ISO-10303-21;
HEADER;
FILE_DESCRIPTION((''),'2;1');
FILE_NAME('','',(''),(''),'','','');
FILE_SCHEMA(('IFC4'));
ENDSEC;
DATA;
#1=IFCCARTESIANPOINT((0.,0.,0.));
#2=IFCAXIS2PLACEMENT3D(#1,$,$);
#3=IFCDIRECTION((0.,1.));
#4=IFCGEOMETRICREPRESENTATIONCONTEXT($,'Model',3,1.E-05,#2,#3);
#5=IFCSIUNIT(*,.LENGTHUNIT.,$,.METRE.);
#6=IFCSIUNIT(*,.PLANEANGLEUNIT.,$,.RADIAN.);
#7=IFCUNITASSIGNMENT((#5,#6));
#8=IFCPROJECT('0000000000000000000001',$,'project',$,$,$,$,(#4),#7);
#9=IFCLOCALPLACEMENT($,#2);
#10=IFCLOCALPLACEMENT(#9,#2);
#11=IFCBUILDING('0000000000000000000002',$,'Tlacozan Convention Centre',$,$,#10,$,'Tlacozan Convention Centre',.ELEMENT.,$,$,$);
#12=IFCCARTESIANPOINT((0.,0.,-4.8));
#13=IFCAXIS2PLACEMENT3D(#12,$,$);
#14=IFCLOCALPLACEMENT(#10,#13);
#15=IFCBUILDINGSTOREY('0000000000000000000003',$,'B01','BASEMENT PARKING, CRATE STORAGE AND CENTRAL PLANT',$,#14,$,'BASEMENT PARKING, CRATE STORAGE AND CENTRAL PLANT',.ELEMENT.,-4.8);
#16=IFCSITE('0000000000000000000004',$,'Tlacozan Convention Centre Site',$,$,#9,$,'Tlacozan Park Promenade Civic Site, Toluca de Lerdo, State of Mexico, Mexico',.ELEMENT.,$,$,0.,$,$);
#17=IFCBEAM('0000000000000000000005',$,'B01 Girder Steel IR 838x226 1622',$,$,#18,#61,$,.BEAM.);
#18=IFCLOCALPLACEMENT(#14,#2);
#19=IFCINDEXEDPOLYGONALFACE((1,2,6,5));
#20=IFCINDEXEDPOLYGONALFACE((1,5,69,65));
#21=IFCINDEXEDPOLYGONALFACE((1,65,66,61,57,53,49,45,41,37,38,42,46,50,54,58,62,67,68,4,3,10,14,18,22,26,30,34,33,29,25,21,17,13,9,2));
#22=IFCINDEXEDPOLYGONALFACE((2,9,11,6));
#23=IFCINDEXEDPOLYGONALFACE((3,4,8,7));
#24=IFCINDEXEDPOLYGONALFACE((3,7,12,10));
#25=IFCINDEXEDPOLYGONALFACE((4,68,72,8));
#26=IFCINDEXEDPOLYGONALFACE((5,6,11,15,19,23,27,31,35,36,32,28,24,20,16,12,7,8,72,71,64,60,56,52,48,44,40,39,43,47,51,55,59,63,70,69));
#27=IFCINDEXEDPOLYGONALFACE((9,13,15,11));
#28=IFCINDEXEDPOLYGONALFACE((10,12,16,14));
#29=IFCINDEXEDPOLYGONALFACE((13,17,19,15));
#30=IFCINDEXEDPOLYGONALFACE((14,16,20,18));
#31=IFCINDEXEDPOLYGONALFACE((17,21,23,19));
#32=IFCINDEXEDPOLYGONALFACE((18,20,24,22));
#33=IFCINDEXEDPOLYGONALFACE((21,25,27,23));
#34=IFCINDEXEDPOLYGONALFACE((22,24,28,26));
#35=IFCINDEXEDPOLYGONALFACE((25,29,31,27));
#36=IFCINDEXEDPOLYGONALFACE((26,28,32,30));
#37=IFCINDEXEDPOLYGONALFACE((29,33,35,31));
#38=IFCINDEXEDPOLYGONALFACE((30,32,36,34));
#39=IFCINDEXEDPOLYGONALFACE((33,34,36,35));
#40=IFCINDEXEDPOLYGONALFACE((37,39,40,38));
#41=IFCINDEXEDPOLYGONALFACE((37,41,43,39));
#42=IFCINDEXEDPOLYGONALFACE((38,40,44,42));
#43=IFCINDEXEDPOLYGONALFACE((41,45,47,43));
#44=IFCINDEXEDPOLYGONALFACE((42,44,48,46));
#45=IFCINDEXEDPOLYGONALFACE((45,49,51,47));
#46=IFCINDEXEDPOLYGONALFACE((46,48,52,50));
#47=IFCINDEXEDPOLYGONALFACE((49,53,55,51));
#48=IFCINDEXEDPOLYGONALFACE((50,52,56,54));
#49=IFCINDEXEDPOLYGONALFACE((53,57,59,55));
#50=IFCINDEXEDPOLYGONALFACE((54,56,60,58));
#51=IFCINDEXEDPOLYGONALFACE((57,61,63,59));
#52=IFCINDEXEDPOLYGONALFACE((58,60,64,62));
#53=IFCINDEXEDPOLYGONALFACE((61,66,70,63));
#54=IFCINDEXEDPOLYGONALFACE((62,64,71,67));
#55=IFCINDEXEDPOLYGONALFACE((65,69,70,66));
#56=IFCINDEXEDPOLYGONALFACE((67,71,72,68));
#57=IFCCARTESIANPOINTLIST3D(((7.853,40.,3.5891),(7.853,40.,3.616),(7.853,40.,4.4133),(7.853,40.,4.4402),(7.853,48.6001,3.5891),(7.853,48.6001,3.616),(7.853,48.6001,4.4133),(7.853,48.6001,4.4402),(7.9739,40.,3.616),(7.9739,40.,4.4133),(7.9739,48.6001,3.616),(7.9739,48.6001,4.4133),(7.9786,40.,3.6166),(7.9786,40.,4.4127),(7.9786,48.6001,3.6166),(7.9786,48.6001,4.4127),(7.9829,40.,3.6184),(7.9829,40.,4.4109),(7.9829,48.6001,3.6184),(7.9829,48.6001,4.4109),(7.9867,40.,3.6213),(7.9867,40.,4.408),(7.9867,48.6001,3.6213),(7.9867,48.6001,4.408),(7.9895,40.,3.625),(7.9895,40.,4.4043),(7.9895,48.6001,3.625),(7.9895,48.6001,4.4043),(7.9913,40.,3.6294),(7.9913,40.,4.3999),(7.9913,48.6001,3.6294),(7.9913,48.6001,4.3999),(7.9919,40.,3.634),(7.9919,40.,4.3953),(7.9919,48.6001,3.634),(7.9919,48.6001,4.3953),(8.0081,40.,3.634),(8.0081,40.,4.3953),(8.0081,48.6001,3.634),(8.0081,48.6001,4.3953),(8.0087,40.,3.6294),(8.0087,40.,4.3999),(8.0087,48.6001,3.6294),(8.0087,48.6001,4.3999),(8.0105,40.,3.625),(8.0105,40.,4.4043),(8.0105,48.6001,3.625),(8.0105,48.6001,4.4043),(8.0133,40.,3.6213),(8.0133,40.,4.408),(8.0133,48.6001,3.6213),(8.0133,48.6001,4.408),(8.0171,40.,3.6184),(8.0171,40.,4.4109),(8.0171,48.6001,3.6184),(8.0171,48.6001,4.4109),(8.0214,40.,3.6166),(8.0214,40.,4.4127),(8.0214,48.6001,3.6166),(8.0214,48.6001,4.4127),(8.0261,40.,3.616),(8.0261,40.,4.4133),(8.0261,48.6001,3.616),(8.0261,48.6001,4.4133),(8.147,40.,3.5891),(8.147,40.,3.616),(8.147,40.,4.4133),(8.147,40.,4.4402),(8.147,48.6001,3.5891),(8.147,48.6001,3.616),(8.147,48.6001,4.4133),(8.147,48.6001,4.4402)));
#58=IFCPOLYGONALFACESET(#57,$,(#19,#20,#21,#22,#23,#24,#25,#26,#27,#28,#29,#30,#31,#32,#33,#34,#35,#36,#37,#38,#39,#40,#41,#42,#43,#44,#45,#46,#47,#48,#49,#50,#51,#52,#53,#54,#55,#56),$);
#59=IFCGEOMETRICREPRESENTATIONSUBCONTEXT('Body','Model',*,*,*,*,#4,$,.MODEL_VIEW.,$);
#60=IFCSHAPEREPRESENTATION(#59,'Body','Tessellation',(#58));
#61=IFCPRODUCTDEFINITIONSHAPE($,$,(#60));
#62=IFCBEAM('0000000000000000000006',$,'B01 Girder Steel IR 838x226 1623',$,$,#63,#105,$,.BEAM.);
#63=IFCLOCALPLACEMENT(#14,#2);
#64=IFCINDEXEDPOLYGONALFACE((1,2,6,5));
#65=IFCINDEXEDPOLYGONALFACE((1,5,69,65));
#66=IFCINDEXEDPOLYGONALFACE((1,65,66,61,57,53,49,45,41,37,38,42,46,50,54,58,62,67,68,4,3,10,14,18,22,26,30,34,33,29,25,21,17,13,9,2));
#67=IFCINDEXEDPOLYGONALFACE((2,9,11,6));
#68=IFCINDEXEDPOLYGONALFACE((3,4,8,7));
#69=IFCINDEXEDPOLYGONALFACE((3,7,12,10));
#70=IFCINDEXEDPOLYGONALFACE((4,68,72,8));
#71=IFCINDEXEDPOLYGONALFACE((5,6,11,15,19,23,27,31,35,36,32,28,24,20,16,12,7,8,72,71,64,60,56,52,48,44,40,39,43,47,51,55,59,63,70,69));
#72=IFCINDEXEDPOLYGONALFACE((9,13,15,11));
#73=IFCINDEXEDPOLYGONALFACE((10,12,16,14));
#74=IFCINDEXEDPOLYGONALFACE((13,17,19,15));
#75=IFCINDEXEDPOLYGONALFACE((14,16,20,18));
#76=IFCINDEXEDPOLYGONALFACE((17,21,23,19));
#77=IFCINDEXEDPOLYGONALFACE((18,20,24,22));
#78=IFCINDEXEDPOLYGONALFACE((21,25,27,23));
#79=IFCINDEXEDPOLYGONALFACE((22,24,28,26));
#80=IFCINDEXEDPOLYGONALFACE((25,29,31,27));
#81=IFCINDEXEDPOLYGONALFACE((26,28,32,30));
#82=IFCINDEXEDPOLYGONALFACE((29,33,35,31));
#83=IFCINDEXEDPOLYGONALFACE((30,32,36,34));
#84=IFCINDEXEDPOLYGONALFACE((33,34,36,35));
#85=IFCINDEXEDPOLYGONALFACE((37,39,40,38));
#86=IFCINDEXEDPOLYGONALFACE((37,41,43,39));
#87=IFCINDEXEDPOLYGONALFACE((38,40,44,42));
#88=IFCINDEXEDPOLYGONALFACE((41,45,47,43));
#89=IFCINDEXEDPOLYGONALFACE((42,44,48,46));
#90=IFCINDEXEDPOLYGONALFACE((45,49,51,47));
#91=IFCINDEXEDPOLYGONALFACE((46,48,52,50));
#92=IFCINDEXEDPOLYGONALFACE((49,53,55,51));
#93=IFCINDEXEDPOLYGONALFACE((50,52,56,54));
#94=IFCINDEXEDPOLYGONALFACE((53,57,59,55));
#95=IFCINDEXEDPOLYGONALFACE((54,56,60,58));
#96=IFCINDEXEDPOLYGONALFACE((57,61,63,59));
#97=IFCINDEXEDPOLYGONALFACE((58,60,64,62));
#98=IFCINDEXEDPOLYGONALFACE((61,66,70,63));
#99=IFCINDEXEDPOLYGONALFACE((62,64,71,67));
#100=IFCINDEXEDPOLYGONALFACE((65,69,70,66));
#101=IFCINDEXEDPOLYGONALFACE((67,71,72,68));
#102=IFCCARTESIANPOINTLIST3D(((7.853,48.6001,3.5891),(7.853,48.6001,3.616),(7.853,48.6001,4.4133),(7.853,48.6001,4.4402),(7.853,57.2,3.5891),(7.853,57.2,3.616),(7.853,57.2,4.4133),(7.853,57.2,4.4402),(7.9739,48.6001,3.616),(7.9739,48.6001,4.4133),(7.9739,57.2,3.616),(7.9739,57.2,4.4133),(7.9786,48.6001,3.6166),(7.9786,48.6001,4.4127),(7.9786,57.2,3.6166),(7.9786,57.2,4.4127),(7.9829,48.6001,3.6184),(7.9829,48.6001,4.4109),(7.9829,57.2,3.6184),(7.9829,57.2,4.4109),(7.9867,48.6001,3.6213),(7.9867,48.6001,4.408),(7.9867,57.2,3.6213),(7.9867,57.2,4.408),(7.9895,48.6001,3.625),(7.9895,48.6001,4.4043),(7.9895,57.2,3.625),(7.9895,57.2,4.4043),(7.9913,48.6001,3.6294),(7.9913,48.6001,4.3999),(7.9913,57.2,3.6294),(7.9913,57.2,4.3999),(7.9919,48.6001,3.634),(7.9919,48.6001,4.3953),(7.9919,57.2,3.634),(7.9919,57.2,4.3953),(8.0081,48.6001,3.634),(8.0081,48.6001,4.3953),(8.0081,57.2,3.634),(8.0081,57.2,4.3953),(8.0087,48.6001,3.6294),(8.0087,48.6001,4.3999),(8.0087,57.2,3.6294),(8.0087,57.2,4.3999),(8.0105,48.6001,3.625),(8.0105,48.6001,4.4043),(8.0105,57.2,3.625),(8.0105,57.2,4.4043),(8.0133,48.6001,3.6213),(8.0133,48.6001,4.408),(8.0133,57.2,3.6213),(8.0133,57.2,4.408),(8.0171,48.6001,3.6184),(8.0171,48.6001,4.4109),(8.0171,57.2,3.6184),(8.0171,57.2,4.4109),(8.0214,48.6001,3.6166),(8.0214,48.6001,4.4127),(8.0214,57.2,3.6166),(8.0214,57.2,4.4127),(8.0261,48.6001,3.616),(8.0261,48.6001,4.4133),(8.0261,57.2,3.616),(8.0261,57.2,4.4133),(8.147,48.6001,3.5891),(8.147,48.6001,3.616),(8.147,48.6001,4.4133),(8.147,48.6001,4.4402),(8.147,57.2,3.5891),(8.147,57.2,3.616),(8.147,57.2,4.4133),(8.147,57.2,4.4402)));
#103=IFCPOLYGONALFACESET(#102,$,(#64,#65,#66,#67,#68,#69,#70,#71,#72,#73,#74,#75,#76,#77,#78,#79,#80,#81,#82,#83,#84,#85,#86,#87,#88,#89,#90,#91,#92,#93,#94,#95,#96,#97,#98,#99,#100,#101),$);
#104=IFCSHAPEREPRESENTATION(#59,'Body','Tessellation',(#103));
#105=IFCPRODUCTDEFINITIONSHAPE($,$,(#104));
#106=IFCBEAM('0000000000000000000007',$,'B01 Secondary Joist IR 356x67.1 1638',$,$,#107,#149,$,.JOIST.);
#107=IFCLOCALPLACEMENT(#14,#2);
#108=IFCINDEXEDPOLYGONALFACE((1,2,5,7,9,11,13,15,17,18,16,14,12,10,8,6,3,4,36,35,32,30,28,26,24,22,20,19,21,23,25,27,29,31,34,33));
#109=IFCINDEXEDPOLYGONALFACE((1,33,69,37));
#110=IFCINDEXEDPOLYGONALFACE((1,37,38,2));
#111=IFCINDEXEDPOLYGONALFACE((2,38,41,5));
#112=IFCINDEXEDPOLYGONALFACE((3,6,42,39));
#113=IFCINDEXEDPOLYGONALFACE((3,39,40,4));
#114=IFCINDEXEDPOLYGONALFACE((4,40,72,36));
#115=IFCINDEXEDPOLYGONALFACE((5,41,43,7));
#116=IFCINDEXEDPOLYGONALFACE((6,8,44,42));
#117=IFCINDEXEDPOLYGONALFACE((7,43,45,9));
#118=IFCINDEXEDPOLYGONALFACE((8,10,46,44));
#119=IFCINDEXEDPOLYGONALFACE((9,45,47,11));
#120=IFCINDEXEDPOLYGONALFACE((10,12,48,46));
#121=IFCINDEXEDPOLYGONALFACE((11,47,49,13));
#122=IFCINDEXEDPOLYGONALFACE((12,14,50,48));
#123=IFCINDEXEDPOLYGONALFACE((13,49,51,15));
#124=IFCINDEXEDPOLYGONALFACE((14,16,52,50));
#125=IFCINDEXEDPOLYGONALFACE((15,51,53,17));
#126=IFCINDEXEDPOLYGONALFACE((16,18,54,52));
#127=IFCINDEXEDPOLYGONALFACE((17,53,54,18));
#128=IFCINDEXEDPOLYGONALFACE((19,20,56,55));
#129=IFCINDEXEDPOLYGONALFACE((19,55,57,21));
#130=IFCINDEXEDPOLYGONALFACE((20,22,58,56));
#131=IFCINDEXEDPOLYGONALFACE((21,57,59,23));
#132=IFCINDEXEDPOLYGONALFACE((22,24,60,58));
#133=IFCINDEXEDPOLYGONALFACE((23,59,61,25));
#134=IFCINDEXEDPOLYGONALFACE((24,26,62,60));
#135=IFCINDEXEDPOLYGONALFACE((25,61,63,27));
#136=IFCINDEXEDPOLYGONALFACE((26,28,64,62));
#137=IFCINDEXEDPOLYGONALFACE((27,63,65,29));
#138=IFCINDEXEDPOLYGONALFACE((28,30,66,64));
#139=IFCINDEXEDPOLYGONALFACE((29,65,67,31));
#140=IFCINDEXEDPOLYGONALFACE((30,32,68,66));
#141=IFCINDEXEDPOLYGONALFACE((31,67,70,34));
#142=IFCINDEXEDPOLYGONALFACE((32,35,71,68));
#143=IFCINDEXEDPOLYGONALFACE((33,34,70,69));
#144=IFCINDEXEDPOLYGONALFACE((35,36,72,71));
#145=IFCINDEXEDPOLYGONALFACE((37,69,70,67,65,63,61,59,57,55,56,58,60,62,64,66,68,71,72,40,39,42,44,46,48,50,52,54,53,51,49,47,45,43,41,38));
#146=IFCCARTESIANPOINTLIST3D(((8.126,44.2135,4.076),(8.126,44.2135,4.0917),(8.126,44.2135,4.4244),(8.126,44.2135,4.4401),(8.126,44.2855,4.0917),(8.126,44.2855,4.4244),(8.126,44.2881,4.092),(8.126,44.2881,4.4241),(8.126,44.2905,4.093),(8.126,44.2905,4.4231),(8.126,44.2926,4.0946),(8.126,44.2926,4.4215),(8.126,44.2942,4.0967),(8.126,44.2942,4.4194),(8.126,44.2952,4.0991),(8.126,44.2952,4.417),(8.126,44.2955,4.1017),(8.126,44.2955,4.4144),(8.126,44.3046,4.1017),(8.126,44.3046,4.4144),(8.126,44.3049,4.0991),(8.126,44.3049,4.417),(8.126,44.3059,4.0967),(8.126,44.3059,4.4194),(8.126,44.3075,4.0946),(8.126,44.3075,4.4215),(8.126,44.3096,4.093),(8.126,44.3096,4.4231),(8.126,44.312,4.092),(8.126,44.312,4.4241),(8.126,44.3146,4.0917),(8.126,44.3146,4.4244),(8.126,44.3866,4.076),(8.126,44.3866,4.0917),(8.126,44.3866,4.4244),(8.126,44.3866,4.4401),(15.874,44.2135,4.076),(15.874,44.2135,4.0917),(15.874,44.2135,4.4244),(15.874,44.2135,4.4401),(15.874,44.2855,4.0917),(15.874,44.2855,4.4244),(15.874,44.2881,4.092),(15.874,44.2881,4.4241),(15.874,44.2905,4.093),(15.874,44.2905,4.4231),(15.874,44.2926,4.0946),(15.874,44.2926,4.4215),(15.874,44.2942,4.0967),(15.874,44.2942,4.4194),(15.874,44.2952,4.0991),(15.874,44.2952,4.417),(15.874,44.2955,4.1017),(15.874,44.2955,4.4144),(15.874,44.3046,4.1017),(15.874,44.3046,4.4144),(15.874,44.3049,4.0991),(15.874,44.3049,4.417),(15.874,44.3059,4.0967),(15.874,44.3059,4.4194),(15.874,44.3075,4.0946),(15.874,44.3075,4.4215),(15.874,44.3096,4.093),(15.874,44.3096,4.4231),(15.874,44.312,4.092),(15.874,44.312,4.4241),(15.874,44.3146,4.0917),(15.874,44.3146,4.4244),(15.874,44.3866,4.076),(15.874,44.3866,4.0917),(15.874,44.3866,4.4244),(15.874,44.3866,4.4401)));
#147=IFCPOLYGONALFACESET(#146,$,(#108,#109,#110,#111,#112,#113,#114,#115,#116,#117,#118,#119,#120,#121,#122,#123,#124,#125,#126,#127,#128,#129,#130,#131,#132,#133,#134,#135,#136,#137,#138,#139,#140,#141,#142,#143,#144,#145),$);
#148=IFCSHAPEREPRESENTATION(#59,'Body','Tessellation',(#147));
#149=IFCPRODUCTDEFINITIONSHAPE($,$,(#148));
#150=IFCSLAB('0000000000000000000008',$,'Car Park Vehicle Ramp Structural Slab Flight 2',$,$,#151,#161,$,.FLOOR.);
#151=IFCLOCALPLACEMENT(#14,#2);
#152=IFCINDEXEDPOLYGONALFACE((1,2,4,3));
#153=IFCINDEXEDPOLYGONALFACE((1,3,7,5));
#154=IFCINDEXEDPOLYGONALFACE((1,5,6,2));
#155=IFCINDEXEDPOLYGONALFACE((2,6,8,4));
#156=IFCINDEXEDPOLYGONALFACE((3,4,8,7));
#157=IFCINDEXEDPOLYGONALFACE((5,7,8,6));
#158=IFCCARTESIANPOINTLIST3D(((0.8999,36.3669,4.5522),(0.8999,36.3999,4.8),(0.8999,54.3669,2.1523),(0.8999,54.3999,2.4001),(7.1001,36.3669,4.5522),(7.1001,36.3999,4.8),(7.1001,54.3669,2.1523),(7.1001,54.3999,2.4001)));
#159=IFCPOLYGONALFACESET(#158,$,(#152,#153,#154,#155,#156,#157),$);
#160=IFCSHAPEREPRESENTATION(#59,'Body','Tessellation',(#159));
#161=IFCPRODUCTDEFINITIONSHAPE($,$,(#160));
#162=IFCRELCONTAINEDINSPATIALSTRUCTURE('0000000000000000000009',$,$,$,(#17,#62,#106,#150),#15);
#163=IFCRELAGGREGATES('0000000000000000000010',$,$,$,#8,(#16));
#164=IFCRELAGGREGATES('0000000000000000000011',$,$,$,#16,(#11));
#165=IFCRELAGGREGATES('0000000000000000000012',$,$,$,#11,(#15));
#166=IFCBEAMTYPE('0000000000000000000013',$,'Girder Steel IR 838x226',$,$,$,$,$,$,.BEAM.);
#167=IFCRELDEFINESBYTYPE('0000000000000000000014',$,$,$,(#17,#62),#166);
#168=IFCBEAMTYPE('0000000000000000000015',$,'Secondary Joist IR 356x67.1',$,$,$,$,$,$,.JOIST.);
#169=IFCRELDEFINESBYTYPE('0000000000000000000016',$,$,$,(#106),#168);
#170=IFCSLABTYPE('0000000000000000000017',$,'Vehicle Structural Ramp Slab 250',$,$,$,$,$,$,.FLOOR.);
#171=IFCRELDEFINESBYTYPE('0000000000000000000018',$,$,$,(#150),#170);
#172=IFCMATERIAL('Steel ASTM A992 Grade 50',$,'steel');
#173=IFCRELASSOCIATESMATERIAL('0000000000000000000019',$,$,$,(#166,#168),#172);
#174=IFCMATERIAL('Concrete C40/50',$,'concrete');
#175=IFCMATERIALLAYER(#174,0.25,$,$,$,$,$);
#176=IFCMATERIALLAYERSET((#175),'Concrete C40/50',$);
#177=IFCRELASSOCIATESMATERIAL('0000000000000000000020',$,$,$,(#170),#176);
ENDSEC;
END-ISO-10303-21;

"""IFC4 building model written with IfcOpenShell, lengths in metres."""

from ifc_helpers import new_model, si_unit, direction, frame, origin, origin_2d, place, context, subcontext, project, spatial, polyline, i_section, outline, extrude, material, layer, layer_set, material_profile, profile_set, type_object, element, save


model = new_model("IFC4")

# Units and contexts
model_context = context("Model", 3, precision=1e-05, world=origin(), true_north=direction((0.0, 1.0)))
body_context = subcontext(model_context, "Body", "Model", "MODEL_VIEW")
ifc_project = project(units=[si_unit("LENGTHUNIT", "METRE"), si_unit("PLANEANGLEUNIT", "RADIAN")], contexts=[model_context])

# Site, building, storey
site_placement = place(None, origin())
site = spatial("IfcSite", under=ifc_project, at=site_placement, Name="Tlacozan Convention Centre Site", LongName="Tlacozan Park Promenade Civic Site, Toluca de Lerdo, State of Mexico, Mexico", CompositionType="ELEMENT", RefElevation=0.0)
building_placement = place(site_placement, origin())
building = spatial("IfcBuilding", under=site, at=building_placement, Name="Tlacozan Convention Centre", LongName="Tlacozan Convention Centre", CompositionType="ELEMENT")
storey_placement = place(building_placement, frame((0.0, 0.0, -4.8)))
storey = spatial("IfcBuildingStorey", under=building, at=storey_placement, Name="B01", Description="BASEMENT PARKING, CRATE STORAGE AND CENTRAL PLANT", LongName="BASEMENT PARKING, CRATE STORAGE AND CENTRAL PLANT", CompositionType="ELEMENT", Elevation=-4.8)

# Shared definitions
ifc_material_1 = material(Name="Concrete C40/50", Category="concrete")

# Beams
ifc_material_2 = material(Name="Steel ASTM A992 Grade 50", Category="steel")
ifc_material_profile_1 = material_profile(ifc_material_2, i_section(OverallWidth=0.2939, OverallDepth=0.8511, WebThickness=0.0161, FlangeThickness=0.0269, FilletRadius=0.0181, at=origin_2d()), Name="IR 838x226.0")
ifc_profile_set_1 = profile_set([ifc_material_profile_1], Name="Steel ASTM A992 Grade 50")
beam_type_1 = type_object("IfcBeamType", Name="Girder Steel IR 838x226", PredefinedType="BEAM", material=ifc_profile_set_1)
beam_1_placement = place(storey_placement, frame((8.0, 40.0, 4.0146), z_axis=(0.0, 1.0, 0.0), x_axis=(-1.0, 0.0, 0.0)))
element("IfcBeam", 1, at=beam_1_placement, inside=storey, type_object=beam_type_1, Name="B01 Girder Steel IR 838x226 1622", PredefinedType="BEAM", context=body_context, shape_type="SweptSolid", body=[
    extrude(i_section(OverallWidth=0.2939, OverallDepth=0.8511, WebThickness=0.0161, FlangeThickness=0.0269, FilletRadius=0.0181, at=origin_2d()), origin(), (0.0, 0.0, 1.0), 8.6001),
])
beam_2_placement = place(storey_placement, frame((8.0, 48.6001, 4.0146), z_axis=(0.0, 1.0, 0.0), x_axis=(-1.0, 0.0, 0.0)))
element("IfcBeam", 2, at=beam_2_placement, inside=storey, type_object=beam_type_1, Name="B01 Girder Steel IR 838x226 1623", PredefinedType="BEAM", context=body_context, shape_type="SweptSolid", body=[
    extrude(i_section(OverallWidth=0.2939, OverallDepth=0.8511, WebThickness=0.0161, FlangeThickness=0.0269, FilletRadius=0.0181, at=origin_2d()), origin(), (0.0, 0.0, 1.0), 8.5999),
])
ifc_material_profile_2 = material_profile(ifc_material_2, i_section(OverallWidth=0.1731, OverallDepth=0.364, WebThickness=0.009, FlangeThickness=0.0156, FilletRadius=0.01, at=origin_2d()), Name="IR 356x67.1")
ifc_profile_set_2 = profile_set([ifc_material_profile_2], Name="Steel ASTM A992 Grade 50")
beam_type_2 = type_object("IfcBeamType", Name="Secondary Joist IR 356x67.1", PredefinedType="JOIST", material=ifc_profile_set_2)
beam_3_placement = place(storey_placement, frame((8.126, 44.3, 4.2581), z_axis=(1.0, 0.0, 0.0), x_axis=(0.0, 1.0, 0.0)))
element("IfcBeam", 3, at=beam_3_placement, inside=storey, type_object=beam_type_2, Name="B01 Secondary Joist IR 356x67.1 1638", PredefinedType="JOIST", context=body_context, shape_type="SweptSolid", body=[
    extrude(i_section(OverallWidth=0.1731, OverallDepth=0.364, WebThickness=0.009, FlangeThickness=0.0156, FilletRadius=0.01, at=origin_2d()), origin(), (0.0, 0.0, 1.0), 7.748),
])

# Slab
ifc_layer_1 = layer(ifc_material_1, 0.25)
ifc_layer_set_1 = layer_set([ifc_layer_1], Name="Concrete C40/50")
slab_type = type_object("IfcSlabType", Name="Vehicle Structural Ramp Slab 250", PredefinedType="FLOOR", material=ifc_layer_set_1)
slab_placement = place(storey_placement, frame((0.8999, 54.3999, 2.4001), z_axis=(0.0, 0.132158, 0.991229), x_axis=(1.0, 0.0, 0.0)))
element("IfcSlab", 4, at=slab_placement, inside=storey, type_object=slab_type, Name="Car Park Vehicle Ramp Structural Slab Flight 2", PredefinedType="FLOOR", context=body_context, shape_type="SweptSolid", body=[
    extrude(outline(polyline([(0.0, 0.0), (6.2002, 0.0), (6.2002, -18.1593), (0.0, -18.1593), (0.0, 0.0)])), origin(), (0.0, 0.0, -1.0), 0.25),
])

save(model, "model.ifc")
